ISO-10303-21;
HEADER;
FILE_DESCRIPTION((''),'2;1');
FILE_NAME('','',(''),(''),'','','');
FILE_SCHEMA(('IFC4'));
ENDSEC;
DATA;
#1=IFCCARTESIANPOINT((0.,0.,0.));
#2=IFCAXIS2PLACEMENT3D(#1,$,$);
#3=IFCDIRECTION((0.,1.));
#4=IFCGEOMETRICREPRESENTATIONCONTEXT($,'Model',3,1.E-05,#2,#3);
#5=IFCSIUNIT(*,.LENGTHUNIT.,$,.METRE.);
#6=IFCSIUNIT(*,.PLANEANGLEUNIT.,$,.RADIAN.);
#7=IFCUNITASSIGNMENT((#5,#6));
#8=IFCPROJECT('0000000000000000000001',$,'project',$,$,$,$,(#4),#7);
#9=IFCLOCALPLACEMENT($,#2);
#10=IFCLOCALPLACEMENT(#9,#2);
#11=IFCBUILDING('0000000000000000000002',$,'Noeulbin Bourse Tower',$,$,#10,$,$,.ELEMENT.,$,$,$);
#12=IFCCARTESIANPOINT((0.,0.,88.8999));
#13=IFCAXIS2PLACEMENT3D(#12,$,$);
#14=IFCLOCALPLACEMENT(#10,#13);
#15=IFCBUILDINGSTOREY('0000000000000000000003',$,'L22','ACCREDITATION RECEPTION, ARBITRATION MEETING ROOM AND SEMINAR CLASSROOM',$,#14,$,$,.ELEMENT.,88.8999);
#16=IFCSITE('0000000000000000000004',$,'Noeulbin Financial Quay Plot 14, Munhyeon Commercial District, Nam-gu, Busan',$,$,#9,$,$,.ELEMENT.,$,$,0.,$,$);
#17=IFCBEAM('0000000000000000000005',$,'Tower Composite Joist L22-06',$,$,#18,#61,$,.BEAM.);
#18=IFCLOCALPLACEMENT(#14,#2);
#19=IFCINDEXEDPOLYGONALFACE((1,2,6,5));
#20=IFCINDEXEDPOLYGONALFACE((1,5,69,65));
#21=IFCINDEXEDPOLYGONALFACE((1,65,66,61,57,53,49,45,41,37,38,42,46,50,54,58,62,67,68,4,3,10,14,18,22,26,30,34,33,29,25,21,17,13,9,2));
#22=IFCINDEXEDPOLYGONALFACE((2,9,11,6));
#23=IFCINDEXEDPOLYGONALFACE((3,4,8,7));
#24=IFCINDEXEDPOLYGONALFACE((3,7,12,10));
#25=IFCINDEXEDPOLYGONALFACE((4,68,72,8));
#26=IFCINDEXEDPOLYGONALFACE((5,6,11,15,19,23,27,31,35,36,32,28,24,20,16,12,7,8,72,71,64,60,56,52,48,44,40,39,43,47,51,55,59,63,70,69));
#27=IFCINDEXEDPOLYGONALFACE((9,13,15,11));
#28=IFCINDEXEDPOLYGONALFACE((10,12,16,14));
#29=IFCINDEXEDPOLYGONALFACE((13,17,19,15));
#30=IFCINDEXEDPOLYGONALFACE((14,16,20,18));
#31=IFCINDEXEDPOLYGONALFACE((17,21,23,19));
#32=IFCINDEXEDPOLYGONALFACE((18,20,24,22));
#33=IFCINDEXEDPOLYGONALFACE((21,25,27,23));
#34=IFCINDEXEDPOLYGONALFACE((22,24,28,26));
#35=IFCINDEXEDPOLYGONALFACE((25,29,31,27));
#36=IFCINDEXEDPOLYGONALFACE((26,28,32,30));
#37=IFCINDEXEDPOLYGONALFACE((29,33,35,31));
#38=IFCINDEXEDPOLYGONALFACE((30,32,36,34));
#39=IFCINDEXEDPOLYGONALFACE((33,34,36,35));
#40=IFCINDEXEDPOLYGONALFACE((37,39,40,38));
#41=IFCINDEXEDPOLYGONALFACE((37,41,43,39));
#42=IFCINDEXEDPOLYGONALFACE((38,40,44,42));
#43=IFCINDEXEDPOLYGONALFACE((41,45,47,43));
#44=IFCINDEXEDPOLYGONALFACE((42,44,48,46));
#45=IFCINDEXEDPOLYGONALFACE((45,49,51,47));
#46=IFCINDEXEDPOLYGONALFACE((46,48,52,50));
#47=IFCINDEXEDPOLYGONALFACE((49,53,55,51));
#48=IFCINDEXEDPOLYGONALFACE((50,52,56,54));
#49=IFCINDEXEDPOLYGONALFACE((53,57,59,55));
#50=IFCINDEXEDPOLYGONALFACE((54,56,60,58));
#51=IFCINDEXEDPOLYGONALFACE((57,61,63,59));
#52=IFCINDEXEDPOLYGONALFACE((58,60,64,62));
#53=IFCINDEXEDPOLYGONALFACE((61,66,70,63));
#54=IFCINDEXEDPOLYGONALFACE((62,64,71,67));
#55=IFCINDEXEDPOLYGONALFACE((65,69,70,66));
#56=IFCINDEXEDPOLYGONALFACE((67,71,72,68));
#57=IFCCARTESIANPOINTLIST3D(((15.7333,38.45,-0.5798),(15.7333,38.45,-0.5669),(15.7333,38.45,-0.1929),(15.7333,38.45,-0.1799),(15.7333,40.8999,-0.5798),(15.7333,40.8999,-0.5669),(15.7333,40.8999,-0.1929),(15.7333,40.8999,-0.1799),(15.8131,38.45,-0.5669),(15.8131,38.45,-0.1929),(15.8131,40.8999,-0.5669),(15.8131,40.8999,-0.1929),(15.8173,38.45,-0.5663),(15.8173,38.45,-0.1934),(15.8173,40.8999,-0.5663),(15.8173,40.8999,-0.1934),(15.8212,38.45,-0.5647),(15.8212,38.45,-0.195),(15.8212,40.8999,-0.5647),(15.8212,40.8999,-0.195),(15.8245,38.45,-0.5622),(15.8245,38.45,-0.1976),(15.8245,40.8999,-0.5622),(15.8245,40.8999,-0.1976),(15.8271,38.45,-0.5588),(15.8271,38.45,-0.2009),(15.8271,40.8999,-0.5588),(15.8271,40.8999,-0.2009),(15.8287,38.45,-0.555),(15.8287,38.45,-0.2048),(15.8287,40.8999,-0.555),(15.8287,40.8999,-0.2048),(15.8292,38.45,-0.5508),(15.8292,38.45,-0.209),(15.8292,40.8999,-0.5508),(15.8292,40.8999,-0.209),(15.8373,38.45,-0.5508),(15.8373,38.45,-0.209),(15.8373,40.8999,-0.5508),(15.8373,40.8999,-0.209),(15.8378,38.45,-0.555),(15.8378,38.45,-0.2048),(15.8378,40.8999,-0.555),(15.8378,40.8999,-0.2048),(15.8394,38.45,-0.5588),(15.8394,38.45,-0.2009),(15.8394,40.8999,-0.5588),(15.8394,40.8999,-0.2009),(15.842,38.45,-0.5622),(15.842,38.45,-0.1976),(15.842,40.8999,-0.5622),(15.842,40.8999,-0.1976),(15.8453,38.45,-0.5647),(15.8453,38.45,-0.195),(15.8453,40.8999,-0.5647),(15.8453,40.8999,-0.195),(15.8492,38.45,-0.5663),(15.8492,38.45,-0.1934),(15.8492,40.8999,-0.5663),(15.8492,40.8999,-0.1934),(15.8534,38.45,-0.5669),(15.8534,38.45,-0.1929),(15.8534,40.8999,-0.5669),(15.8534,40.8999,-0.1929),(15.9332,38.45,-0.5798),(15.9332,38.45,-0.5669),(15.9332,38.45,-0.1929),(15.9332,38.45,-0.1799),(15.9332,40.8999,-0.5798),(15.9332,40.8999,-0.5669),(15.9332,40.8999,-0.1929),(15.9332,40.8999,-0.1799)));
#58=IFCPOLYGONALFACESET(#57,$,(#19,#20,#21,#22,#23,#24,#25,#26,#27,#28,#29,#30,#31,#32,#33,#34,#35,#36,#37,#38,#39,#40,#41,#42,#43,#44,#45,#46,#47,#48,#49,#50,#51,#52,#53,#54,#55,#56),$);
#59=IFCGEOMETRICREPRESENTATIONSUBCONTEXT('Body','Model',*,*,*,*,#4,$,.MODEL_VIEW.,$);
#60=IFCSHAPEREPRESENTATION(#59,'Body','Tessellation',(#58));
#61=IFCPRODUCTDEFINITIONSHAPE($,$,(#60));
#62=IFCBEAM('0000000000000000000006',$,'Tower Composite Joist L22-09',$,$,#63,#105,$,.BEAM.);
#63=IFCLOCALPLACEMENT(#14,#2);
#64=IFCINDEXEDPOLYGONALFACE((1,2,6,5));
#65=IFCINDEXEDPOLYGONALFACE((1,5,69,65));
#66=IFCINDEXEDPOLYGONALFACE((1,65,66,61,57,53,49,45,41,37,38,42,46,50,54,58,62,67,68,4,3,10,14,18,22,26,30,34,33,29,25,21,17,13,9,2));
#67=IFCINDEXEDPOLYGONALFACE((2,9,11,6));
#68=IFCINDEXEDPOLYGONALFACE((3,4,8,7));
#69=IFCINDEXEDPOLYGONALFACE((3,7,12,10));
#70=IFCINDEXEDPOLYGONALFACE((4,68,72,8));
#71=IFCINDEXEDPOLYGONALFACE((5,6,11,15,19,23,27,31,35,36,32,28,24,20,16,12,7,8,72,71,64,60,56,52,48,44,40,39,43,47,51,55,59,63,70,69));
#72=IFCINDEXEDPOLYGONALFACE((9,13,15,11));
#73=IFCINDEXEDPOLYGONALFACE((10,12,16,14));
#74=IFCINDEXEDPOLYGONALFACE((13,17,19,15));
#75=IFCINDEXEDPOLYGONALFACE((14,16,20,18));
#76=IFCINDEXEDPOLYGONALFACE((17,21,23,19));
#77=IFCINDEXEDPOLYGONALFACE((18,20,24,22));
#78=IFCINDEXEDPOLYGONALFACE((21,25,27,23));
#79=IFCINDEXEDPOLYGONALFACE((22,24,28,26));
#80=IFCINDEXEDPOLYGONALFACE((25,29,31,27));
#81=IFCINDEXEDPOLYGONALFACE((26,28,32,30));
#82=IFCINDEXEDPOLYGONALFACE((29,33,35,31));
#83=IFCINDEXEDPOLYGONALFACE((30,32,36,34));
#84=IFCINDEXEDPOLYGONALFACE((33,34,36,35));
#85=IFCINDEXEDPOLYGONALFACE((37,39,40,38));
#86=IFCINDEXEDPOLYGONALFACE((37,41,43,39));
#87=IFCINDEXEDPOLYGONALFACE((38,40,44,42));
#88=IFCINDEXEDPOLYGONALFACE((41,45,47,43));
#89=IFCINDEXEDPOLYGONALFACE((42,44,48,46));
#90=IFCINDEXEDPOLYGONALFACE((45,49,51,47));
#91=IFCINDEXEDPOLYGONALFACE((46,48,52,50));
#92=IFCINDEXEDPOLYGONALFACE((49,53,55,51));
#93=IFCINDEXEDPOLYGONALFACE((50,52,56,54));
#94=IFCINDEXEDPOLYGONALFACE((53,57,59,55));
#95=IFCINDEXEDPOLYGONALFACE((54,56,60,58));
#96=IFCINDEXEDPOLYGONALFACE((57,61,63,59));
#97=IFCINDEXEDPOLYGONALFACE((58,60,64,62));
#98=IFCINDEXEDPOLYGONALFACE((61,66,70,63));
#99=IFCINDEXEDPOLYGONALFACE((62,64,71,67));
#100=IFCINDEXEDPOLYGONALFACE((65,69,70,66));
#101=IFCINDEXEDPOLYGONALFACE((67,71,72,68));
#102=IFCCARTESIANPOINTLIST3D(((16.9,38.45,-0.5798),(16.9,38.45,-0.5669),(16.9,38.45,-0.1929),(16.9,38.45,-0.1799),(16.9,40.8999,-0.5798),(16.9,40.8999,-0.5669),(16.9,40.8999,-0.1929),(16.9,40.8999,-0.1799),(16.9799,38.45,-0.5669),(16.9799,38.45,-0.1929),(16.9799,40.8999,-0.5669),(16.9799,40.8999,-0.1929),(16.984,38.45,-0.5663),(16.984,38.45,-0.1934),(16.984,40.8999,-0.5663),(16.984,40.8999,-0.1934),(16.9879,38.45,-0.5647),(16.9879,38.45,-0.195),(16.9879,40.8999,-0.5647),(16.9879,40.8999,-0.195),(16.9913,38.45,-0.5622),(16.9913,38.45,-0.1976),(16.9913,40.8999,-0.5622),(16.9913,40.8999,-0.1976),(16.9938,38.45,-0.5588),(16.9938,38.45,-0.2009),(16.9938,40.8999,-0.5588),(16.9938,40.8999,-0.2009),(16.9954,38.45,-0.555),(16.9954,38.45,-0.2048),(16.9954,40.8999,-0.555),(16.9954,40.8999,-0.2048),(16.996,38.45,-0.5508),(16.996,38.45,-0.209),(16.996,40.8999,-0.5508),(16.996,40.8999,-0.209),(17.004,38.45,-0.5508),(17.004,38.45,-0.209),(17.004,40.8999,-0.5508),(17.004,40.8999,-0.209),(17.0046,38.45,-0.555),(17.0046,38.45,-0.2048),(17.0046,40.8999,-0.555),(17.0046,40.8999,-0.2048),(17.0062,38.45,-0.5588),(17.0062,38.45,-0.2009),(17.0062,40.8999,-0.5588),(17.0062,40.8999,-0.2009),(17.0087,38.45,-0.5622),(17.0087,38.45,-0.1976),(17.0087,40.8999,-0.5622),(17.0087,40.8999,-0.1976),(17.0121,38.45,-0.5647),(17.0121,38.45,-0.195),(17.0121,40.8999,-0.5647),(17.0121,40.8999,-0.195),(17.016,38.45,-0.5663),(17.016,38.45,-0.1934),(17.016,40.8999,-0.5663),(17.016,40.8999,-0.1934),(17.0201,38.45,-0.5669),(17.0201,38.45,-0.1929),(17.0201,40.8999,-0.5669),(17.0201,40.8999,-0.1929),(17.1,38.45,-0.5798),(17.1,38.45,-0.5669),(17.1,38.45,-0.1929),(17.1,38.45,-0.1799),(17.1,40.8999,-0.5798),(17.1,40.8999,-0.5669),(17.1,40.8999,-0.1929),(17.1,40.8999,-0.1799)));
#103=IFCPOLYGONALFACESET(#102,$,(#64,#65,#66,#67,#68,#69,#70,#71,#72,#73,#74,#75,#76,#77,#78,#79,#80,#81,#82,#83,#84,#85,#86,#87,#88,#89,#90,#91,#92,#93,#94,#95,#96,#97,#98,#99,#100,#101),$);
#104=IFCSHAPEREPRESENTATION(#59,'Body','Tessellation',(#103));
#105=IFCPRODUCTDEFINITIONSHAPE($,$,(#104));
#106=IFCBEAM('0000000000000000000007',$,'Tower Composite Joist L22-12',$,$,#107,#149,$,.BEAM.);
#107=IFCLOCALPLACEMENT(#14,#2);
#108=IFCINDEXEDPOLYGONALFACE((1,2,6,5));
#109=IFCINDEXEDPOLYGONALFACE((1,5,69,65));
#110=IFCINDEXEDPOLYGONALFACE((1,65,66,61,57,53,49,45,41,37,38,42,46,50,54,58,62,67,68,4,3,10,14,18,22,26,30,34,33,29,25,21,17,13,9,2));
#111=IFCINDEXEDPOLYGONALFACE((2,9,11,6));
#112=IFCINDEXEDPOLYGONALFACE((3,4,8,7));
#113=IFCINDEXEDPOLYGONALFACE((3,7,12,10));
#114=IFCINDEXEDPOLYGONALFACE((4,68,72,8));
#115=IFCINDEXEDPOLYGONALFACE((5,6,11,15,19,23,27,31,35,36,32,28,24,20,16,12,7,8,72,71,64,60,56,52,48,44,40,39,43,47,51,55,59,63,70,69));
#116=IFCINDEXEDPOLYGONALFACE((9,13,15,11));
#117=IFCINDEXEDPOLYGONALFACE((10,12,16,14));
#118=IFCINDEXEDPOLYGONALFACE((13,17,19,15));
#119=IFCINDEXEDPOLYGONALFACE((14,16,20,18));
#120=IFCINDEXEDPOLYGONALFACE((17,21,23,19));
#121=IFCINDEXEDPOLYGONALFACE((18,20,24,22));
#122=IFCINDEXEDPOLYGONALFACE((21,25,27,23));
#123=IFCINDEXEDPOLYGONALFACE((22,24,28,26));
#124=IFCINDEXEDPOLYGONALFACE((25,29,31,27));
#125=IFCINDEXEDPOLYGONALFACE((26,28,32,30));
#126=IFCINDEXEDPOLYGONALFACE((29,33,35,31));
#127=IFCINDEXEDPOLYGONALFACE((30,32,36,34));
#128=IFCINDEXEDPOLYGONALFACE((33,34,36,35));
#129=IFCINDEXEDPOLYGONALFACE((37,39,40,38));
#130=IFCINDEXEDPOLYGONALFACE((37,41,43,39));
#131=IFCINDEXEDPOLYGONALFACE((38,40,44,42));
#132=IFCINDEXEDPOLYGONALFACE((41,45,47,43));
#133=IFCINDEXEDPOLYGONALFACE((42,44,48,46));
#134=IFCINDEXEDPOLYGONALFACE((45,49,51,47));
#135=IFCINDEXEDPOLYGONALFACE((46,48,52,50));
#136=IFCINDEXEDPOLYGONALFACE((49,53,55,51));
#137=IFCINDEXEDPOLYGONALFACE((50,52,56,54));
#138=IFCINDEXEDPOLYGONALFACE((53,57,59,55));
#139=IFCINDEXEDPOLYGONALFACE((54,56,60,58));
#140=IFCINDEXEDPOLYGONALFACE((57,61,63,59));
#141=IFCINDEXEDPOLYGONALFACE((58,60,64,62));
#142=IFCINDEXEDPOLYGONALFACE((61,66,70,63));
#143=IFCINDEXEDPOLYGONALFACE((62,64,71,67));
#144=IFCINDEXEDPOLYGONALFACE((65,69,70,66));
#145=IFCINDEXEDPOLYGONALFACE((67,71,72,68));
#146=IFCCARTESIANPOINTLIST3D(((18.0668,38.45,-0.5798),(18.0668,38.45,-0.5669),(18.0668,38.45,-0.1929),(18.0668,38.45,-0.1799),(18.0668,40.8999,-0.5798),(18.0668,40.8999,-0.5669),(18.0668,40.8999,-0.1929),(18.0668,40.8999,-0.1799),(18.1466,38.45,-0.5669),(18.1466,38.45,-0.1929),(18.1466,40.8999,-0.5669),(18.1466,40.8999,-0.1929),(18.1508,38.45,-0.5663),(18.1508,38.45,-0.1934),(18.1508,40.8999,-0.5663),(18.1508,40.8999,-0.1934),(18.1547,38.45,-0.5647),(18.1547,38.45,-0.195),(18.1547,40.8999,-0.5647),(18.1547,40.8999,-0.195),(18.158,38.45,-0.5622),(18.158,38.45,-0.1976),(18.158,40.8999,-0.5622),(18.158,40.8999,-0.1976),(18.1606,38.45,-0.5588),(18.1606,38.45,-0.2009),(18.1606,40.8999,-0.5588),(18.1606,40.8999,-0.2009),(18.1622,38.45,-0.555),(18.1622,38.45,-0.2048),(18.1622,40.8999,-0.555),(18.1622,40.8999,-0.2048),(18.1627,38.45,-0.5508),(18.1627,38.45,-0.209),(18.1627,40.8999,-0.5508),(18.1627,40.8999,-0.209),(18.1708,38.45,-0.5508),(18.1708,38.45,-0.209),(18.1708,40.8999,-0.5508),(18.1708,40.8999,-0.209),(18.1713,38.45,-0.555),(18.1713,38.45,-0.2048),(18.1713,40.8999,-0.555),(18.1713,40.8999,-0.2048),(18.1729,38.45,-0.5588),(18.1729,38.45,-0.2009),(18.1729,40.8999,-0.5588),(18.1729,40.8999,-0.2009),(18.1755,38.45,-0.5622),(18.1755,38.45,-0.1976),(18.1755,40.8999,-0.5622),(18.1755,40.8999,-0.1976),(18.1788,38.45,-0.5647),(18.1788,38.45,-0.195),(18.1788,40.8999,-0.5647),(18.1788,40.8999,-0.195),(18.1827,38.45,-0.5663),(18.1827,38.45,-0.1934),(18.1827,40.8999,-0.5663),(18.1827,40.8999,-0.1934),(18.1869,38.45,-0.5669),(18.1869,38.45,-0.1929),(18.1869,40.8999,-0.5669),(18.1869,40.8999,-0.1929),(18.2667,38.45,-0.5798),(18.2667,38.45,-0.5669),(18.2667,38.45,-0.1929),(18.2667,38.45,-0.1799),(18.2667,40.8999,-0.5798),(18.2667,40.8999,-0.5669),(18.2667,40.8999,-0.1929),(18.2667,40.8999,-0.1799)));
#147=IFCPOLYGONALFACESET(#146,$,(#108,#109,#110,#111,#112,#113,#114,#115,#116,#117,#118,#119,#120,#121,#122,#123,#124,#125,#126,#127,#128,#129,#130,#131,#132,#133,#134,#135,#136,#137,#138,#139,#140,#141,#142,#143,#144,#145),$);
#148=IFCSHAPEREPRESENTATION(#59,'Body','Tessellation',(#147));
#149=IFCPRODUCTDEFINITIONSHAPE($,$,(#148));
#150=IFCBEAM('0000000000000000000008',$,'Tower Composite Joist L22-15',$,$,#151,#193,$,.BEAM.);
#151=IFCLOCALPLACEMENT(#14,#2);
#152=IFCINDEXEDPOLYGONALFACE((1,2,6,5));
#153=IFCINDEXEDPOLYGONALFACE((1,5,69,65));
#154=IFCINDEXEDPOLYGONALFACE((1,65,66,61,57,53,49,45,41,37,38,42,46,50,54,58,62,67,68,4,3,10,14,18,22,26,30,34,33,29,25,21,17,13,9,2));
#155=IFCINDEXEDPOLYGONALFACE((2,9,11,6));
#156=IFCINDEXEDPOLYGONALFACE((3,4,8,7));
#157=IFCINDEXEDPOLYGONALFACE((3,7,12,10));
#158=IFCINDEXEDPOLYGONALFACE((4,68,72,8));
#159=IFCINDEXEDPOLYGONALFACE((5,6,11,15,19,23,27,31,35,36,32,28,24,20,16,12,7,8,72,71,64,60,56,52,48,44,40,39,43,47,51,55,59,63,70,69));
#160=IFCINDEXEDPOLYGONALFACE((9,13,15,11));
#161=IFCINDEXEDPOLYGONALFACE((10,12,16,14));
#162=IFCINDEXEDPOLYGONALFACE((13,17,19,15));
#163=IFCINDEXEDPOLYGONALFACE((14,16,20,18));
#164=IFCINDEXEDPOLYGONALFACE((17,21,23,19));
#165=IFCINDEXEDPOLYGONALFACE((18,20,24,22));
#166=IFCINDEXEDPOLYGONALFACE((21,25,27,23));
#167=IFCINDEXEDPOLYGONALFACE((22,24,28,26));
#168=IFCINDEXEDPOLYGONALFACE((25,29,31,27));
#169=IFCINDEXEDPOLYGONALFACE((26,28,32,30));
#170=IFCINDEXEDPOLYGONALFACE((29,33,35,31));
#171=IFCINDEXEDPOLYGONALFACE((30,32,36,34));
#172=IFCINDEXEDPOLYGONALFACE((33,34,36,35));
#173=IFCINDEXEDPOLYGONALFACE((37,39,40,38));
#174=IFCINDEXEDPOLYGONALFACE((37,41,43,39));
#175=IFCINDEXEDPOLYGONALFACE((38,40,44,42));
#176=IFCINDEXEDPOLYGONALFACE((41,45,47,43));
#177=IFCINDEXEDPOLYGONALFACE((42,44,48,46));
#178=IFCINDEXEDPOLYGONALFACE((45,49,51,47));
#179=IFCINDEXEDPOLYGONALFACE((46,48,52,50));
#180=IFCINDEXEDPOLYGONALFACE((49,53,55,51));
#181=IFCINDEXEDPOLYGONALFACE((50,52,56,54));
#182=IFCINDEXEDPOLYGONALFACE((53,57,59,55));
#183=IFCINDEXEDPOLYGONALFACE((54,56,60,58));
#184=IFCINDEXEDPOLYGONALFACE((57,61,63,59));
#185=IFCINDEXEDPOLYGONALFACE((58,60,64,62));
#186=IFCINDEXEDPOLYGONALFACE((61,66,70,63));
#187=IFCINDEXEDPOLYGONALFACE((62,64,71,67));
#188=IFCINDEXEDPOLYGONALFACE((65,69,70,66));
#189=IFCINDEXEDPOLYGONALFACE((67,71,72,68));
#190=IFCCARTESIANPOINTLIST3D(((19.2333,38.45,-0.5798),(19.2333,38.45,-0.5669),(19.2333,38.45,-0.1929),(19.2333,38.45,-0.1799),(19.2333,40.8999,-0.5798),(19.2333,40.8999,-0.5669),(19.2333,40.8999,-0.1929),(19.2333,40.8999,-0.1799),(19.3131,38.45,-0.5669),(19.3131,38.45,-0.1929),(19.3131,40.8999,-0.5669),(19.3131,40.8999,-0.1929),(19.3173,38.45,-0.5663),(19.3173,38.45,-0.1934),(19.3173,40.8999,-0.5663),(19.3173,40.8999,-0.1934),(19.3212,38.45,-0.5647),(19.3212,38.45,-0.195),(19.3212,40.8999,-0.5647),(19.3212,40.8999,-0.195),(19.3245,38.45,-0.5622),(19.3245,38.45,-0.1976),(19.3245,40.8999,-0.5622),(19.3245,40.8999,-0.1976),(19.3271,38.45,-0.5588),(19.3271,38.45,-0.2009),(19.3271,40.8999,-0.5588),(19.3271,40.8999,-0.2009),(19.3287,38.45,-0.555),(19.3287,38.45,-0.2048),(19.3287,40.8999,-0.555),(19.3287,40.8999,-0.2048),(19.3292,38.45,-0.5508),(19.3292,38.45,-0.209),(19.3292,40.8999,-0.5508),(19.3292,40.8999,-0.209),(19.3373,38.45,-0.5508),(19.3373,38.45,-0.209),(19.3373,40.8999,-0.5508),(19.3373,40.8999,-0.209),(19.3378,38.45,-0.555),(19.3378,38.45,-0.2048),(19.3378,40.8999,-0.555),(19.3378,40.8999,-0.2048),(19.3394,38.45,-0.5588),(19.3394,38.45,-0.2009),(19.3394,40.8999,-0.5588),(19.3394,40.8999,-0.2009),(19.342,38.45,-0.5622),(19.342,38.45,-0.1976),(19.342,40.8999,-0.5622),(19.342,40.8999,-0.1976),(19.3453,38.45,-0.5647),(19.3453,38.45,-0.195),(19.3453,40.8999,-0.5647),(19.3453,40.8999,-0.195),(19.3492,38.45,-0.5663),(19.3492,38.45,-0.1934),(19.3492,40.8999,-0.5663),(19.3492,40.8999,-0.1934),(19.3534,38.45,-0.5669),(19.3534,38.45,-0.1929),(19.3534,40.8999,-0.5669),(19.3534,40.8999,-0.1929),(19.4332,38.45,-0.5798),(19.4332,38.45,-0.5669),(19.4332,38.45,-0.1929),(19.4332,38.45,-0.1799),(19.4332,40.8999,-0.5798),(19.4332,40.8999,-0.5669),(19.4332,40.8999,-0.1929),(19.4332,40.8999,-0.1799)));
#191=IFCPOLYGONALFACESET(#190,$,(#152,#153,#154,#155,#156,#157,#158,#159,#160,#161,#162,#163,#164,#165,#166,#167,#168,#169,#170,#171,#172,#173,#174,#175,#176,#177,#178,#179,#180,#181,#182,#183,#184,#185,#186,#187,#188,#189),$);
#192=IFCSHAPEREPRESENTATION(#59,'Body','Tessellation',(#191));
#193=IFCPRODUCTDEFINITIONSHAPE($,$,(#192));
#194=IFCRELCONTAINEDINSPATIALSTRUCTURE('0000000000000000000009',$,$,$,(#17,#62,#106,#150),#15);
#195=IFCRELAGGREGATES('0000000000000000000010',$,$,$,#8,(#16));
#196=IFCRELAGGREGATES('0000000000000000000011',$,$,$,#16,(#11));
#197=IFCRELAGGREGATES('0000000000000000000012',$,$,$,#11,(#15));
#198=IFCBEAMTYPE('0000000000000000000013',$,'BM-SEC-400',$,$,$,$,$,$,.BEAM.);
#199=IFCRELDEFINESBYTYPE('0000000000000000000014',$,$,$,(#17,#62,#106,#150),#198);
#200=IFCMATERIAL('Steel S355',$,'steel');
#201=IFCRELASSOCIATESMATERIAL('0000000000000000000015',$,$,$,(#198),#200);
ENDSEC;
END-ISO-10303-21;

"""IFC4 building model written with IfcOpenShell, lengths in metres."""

from ifc_helpers import new_model, si_unit, direction, frame, origin, origin_2d, place, context, subcontext, project, spatial, i_section, extrude, material, material_profile, profile_set, type_object, element, save


model = new_model("IFC4")

# Units and contexts
model_context = context("Model", 3, precision=1e-05, world=origin(), true_north=direction((0.0, 1.0)))
body_context = subcontext(model_context, "Body", "Model", "MODEL_VIEW")
ifc_project = project(units=[si_unit("LENGTHUNIT", "METRE"), si_unit("PLANEANGLEUNIT", "RADIAN")], contexts=[model_context])

# Site, building, storey
site_placement = place(None, origin())
site = spatial("IfcSite", under=ifc_project, at=site_placement, Name="Noeulbin Financial Quay Plot 14, Munhyeon Commercial District, Nam-gu, Busan", CompositionType="ELEMENT", RefElevation=0.0)
building_placement = place(site_placement, origin())
building = spatial("IfcBuilding", under=site, at=building_placement, Name="Noeulbin Bourse Tower", CompositionType="ELEMENT")
storey_placement = place(building_placement, frame((0.0, 0.0, 88.8999)))
storey = spatial("IfcBuildingStorey", under=building, at=storey_placement, Name="L22", Description="ACCREDITATION RECEPTION, ARBITRATION MEETING ROOM AND SEMINAR CLASSROOM", CompositionType="ELEMENT", Elevation=88.8999)

# Beams
ifc_material_1 = material(Name="Steel S355", Category="steel")
ifc_material_profile_1 = material_profile(ifc_material_1, i_section(OverallWidth=0.2, OverallDepth=0.3999, WebThickness=0.0081, FlangeThickness=0.0129, FilletRadius=0.0161, at=origin_2d()), Name="H-400x200x8x13", Category="LoadBearing")
ifc_profile_set_1 = profile_set([ifc_material_profile_1], Name="Steel S355")
beam_type = type_object("IfcBeamType", Name="BM-SEC-400", PredefinedType="BEAM", material=ifc_profile_set_1)
for number, where, z_axis, x_axis, name in (
    (1, (15.8333, 38.45, -0.3799), (0.0, 1.0, 0.0), (-1.0, 0.0, 0.0), "Tower Composite Joist L22-06"),
    (2, (17.0, 38.45, -0.3799), (0.0, 1.0, 0.0), (-1.0, 0.0, 0.0), "Tower Composite Joist L22-09"),
    (3, (18.1667, 38.45, -0.3799), (0.0, 1.0, 0.0), (-1.0, 0.0, 0.0), "Tower Composite Joist L22-12"),
    (4, (19.3333, 38.45, -0.3799), (0.0, 1.0, 0.0), (-1.0, 0.0, 0.0), "Tower Composite Joist L22-15"),
):
    element("IfcBeam", number, at=place(storey_placement, frame(where, z_axis=z_axis, x_axis=x_axis)), inside=storey, type_object=beam_type, Name=name, PredefinedType="BEAM", context=body_context, shape_type="SweptSolid", body=[
        extrude(i_section(OverallWidth=0.2, OverallDepth=0.3999, WebThickness=0.0081, FlangeThickness=0.0129, FilletRadius=0.0161, at=origin_2d()), origin(), (0.0, 0.0, 1.0), 2.45),
    ])

save(model, "model.ifc")
